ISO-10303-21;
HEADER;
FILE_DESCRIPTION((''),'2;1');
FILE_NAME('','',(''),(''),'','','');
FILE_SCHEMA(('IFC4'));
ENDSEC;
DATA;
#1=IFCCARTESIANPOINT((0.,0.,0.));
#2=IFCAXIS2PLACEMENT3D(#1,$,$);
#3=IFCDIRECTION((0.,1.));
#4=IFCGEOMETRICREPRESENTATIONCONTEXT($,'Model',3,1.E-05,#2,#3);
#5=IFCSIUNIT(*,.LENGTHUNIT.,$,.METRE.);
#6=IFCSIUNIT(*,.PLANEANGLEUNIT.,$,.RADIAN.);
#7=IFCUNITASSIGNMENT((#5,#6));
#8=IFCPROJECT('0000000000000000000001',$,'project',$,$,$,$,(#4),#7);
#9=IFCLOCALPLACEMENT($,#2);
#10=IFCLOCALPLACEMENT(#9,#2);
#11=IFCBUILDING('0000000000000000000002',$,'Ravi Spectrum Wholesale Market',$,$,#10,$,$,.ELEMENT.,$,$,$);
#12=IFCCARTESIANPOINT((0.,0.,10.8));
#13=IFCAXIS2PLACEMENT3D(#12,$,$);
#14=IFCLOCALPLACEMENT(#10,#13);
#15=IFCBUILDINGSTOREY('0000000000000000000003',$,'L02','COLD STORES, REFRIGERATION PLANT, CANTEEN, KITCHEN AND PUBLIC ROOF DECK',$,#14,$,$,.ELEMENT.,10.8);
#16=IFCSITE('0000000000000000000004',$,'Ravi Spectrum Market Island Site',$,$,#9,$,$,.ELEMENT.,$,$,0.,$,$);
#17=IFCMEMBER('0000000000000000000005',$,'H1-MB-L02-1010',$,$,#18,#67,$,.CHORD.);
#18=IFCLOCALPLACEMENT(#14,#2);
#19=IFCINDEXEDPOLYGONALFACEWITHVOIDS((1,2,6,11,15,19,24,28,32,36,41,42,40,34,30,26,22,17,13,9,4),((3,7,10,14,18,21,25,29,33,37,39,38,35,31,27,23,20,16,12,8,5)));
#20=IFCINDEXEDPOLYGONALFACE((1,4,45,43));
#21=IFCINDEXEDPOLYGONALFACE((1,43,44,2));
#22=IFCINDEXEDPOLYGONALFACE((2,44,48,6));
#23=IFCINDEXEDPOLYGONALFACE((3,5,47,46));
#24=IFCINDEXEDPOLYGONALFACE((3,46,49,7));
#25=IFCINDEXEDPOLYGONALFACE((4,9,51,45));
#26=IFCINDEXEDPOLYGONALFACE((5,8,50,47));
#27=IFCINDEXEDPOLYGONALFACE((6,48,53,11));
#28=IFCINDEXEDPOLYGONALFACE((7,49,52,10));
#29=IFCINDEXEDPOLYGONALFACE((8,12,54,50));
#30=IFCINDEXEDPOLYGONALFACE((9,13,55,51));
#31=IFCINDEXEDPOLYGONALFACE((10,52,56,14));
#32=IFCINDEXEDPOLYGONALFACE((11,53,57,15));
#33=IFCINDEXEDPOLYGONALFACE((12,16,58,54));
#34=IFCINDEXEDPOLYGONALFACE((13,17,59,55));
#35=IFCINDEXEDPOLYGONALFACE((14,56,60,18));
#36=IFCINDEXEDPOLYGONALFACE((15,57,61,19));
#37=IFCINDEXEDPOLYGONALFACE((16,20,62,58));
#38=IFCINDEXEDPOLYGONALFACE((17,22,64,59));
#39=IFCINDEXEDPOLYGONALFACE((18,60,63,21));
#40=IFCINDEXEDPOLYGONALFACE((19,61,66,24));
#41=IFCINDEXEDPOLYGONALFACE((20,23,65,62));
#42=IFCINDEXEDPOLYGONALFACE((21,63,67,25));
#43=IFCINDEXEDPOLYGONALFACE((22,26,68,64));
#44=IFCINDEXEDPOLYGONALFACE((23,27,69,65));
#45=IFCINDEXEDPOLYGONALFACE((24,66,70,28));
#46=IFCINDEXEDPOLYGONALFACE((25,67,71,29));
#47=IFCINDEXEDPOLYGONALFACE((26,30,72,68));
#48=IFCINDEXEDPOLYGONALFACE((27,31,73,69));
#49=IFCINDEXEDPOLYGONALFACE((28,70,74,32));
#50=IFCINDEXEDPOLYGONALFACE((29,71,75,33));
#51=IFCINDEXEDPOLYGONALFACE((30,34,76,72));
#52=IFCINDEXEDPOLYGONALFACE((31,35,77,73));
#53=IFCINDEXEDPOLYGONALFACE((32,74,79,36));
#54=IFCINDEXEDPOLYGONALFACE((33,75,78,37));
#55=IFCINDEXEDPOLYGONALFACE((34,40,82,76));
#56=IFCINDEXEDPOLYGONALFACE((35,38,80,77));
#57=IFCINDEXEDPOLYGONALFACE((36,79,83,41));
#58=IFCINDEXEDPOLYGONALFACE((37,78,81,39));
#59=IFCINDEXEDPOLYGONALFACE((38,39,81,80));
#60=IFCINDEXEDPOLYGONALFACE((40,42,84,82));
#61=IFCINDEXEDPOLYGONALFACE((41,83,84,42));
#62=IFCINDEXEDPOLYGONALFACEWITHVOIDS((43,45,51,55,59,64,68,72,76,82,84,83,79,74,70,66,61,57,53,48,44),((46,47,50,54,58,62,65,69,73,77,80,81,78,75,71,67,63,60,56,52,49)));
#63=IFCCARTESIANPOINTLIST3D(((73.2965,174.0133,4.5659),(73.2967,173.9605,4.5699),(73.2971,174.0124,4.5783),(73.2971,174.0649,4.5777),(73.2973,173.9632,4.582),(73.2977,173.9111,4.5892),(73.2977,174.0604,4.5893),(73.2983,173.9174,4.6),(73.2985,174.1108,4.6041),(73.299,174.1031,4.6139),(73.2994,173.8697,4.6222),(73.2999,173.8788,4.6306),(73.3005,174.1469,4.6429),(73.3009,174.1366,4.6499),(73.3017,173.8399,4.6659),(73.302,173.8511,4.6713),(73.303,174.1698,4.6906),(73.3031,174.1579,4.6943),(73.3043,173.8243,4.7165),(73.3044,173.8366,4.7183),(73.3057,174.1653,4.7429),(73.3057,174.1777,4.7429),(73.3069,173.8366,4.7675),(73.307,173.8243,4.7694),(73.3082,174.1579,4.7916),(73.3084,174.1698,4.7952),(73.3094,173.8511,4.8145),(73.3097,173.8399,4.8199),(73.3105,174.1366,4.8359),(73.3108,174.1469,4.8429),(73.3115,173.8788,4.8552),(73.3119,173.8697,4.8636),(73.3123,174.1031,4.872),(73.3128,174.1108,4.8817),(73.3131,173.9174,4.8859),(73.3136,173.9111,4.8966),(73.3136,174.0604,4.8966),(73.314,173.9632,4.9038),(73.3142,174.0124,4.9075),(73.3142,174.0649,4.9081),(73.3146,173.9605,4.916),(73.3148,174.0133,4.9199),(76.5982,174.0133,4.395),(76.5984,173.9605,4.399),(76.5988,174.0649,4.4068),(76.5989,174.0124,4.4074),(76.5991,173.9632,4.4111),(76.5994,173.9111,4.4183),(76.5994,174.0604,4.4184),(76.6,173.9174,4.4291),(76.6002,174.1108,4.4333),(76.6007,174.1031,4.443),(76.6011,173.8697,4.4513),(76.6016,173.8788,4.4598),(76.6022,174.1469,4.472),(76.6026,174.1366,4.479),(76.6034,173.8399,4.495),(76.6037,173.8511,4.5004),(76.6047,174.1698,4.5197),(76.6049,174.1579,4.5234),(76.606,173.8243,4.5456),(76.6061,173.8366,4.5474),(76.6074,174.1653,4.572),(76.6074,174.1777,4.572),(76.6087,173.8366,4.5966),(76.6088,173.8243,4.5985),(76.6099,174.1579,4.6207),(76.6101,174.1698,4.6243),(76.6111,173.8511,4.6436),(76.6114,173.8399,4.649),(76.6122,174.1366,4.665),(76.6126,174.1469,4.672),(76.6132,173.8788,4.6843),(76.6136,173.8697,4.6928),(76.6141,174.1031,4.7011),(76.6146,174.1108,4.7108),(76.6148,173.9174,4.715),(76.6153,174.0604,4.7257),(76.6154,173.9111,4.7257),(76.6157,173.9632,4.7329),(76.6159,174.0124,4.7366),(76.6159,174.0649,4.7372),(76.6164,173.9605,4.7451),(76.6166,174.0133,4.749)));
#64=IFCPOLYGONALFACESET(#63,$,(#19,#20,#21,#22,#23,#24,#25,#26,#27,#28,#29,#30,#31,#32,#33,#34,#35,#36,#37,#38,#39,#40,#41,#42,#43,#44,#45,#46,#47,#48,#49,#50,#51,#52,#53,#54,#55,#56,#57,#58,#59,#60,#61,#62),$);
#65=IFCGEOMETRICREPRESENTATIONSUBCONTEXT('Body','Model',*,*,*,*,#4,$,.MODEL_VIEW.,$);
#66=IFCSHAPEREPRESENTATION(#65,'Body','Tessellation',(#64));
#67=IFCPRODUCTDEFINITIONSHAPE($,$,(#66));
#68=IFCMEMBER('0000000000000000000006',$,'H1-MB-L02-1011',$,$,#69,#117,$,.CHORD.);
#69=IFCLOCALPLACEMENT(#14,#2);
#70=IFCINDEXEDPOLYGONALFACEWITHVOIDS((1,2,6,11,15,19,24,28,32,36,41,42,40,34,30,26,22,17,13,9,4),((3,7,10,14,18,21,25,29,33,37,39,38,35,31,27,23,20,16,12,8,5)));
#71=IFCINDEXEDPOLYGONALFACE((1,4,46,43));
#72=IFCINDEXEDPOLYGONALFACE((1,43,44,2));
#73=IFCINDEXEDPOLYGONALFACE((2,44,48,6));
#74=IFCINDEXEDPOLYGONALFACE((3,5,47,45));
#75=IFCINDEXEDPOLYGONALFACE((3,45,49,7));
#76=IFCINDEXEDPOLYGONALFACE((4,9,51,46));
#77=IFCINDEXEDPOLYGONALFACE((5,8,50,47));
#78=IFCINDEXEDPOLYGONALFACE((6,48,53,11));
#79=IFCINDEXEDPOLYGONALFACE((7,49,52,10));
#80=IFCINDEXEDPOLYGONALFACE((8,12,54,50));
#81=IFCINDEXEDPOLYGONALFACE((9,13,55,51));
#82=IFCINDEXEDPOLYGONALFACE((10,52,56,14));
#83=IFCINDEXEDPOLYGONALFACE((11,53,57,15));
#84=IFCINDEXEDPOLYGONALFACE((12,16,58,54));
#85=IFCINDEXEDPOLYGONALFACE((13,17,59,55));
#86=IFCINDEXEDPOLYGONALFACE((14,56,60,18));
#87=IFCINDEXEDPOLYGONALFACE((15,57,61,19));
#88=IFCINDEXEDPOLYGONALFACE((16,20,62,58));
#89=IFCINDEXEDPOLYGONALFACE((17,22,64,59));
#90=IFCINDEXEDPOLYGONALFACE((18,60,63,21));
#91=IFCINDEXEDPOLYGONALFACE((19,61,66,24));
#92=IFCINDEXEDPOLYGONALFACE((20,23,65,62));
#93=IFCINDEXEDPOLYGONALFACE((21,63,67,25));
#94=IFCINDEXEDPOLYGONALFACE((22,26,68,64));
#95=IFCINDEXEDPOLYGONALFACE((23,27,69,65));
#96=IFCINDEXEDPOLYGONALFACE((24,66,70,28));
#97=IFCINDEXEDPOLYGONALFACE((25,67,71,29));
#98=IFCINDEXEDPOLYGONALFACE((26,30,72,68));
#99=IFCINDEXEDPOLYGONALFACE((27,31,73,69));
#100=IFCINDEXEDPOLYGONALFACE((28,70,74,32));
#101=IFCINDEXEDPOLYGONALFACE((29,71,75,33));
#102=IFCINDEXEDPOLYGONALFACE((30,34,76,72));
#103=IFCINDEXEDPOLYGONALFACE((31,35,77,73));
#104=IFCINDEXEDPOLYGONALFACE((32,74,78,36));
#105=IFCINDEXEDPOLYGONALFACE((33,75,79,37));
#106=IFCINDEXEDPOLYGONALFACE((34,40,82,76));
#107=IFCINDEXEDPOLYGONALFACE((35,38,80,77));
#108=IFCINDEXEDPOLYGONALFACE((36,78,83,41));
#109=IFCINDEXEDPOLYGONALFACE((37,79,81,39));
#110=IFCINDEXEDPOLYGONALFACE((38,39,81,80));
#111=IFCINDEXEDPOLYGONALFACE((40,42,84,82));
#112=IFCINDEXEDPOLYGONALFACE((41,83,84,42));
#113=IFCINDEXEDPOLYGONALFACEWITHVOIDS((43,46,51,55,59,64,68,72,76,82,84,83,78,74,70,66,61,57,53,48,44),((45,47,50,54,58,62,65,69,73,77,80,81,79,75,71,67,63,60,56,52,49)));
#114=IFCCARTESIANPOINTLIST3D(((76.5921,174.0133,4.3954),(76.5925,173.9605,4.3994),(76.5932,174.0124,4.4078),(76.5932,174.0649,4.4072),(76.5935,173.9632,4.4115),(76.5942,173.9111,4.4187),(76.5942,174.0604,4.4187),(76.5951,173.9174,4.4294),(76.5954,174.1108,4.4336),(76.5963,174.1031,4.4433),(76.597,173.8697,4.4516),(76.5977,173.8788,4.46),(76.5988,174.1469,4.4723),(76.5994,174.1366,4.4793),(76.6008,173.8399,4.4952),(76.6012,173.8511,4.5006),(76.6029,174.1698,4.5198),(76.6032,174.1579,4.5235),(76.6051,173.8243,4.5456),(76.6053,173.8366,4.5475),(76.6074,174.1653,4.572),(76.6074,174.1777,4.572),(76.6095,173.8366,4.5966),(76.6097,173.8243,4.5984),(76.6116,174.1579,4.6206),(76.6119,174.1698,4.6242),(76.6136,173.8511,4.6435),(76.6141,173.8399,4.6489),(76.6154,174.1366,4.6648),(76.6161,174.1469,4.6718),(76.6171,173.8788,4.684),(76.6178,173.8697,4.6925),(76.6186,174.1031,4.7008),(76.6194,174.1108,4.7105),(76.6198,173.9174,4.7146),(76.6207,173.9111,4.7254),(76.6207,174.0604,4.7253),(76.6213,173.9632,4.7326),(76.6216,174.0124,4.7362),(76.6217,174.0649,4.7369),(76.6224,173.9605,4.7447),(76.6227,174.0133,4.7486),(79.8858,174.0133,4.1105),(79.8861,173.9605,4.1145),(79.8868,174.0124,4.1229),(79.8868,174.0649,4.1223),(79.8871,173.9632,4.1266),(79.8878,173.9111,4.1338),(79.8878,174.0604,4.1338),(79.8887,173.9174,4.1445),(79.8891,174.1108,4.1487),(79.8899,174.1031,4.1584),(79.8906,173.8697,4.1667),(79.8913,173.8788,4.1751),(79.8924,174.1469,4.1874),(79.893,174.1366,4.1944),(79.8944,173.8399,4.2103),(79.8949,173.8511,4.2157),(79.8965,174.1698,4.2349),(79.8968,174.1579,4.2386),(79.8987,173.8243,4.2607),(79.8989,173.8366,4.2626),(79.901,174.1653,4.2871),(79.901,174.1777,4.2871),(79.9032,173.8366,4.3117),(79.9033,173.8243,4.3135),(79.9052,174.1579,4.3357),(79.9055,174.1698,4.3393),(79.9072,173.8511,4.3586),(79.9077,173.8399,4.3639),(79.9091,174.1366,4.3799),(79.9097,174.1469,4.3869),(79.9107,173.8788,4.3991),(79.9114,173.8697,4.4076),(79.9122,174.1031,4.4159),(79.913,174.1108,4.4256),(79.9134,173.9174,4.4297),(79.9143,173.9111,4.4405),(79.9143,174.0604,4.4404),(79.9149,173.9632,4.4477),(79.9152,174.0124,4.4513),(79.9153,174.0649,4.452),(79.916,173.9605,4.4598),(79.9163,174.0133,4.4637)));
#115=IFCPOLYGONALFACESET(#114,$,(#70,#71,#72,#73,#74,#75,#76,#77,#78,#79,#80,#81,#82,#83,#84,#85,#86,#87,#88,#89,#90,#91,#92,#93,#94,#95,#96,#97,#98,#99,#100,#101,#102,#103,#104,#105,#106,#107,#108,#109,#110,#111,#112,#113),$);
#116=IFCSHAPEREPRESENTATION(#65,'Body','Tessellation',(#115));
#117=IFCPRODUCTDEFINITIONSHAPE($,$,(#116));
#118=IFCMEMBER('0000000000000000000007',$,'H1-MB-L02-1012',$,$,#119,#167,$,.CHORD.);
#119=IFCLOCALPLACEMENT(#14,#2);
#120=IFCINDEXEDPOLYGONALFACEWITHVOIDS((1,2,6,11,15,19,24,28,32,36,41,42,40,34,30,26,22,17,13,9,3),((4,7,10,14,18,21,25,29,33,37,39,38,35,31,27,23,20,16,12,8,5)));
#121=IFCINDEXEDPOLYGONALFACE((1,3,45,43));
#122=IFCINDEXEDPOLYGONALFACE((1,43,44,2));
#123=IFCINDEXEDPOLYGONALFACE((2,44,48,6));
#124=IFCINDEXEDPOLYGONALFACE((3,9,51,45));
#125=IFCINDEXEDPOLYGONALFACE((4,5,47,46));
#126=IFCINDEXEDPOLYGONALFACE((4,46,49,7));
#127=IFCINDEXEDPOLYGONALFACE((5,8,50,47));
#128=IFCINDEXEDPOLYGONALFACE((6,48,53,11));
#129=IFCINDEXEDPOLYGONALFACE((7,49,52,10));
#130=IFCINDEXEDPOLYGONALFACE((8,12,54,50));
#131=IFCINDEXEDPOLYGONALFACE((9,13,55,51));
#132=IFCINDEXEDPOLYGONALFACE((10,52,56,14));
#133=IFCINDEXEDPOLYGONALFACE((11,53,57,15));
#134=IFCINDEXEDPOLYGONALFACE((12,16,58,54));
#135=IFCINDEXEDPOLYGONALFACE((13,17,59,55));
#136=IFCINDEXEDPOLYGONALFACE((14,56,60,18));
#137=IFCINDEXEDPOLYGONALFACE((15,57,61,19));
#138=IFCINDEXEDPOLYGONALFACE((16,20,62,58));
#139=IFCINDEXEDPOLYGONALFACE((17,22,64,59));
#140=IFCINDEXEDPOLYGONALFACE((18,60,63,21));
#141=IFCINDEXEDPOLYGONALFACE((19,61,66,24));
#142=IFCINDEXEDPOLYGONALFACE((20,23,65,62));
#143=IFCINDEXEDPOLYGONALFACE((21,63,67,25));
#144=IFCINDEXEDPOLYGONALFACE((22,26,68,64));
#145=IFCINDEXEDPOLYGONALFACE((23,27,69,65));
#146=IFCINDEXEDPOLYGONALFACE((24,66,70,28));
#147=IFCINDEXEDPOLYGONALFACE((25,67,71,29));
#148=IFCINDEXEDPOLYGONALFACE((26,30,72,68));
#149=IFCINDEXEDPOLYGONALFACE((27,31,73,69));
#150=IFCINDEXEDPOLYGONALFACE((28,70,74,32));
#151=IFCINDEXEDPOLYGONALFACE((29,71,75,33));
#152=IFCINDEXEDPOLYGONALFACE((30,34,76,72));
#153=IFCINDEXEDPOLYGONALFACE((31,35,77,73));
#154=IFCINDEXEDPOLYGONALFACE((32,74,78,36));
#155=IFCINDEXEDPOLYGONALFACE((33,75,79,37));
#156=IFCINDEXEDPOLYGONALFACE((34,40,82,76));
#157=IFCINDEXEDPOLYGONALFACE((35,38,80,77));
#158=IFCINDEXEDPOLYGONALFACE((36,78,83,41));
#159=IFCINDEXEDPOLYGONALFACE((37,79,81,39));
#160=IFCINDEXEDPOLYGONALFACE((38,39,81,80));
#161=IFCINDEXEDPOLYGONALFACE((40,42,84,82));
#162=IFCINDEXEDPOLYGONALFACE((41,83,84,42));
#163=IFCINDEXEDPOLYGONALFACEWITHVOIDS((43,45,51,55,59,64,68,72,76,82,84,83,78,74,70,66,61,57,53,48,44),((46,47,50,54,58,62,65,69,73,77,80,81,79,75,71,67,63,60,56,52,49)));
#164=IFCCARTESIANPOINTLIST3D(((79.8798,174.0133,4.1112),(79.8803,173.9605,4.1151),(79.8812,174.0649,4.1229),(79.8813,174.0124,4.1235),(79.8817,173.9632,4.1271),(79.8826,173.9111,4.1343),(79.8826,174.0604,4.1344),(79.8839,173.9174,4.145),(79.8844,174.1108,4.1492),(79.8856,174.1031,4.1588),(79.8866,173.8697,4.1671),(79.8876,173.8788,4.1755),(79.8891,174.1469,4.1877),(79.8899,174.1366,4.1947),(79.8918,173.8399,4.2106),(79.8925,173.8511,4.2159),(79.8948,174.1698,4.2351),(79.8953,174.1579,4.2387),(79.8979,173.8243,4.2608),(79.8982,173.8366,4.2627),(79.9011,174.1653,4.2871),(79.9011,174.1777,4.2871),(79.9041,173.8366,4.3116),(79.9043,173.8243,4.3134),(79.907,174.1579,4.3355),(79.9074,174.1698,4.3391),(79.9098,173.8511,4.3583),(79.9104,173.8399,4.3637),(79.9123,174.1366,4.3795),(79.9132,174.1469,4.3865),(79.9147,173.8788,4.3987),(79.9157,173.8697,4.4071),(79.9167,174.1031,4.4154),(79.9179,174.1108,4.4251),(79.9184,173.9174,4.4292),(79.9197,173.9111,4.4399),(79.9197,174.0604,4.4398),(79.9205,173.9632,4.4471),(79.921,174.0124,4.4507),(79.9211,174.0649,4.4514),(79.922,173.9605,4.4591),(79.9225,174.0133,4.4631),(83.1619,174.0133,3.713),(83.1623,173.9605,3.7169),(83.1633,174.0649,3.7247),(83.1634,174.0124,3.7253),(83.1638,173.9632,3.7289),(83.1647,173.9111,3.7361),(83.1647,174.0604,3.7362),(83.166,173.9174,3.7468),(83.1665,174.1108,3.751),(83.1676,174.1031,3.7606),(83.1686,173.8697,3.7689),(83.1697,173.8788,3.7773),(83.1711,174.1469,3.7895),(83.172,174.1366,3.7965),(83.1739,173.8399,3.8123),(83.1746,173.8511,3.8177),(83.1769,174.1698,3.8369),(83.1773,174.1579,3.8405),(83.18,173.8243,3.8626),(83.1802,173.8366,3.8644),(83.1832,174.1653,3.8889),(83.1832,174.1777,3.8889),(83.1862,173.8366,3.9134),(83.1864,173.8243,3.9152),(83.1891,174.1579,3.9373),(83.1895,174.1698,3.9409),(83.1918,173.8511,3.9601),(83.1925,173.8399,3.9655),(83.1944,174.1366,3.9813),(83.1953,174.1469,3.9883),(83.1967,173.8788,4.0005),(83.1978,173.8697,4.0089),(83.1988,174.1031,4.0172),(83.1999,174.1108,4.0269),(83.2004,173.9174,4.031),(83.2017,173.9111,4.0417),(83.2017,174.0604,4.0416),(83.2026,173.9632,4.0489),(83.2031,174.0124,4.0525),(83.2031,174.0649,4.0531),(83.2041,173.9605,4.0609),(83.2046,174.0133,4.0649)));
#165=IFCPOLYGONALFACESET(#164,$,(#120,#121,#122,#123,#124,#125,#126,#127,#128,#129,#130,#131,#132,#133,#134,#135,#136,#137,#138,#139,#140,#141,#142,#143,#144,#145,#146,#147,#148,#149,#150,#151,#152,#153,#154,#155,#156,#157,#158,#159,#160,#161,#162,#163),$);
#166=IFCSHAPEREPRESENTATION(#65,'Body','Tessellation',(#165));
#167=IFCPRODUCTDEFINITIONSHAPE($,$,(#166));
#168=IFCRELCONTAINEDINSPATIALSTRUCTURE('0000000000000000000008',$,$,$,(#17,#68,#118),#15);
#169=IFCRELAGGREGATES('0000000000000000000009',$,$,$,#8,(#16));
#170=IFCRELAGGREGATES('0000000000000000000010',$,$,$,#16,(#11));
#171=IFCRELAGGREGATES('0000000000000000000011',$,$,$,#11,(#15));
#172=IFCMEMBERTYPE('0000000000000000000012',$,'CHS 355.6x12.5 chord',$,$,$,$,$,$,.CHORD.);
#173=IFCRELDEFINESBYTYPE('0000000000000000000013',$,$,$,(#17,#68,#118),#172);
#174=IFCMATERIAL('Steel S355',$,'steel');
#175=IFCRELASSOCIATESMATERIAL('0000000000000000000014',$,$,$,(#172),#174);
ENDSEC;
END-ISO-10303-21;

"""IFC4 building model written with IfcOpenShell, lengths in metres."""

from ifc_helpers import new_model, si_unit, direction, frame, origin, origin_2d, place, context, subcontext, project, spatial, hollow_circle, extrude, material, material_profile, profile_set, type_object, element, save


model = new_model("IFC4")

# Units and contexts
model_context = context("Model", 3, precision=1e-05, world=origin(), true_north=direction((0.0, 1.0)))
body_context = subcontext(model_context, "Body", "Model", "MODEL_VIEW")
ifc_project = project(units=[si_unit("LENGTHUNIT", "METRE"), si_unit("PLANEANGLEUNIT", "RADIAN")], contexts=[model_context])

# Site, building, storey
site_placement = place(None, origin())
site = spatial("IfcSite", under=ifc_project, at=site_placement, Name="Ravi Spectrum Market Island Site", CompositionType="ELEMENT", RefElevation=0.0)
building_placement = place(site_placement, origin())
building = spatial("IfcBuilding", under=site, at=building_placement, Name="Ravi Spectrum Wholesale Market", CompositionType="ELEMENT")
storey_placement = place(building_placement, frame((0.0, 0.0, 10.8)))
storey = spatial("IfcBuildingStorey", under=building, at=storey_placement, Name="L02", Description="COLD STORES, REFRIGERATION PLANT, CANTEEN, KITCHEN AND PUBLIC ROOF DECK", CompositionType="ELEMENT", Elevation=10.8)

# Members
ifc_material_1 = material(Name="Steel S355", Category="steel")
ifc_material_profile_1 = material_profile(ifc_material_1, hollow_circle(Radius=0.1777, WallThickness=0.0125, at=origin_2d()))
ifc_profile_set_1 = profile_set([ifc_material_profile_1], Name="Steel S355")
member_type_1 = type_object("IfcMemberType", Name="CHS 355.6x12.5 chord", PredefinedType="CHORD", material=ifc_profile_set_1)
member_1_placement = place(storey_placement, frame((73.3057, 174.0, 4.7429), z_axis=(0.998663, 0.0, -0.051691), x_axis=(0.0, 1.0, 0.0)))
element("IfcMember", 1, at=member_1_placement, inside=storey, type_object=member_type_1, Name="H1-MB-L02-1010", PredefinedType="CHORD", context=body_context, shape_type="SweptSolid", body=[
    extrude(hollow_circle(Radius=0.1777, WallThickness=0.0125, at=origin_2d()), origin(), (0.0, 0.0, 1.0), 3.3062),
])
member_2_placement = place(storey_placement, frame((76.6074, 174.0, 4.572), z_axis=(0.99628, 0.0, -0.08618), x_axis=(0.0, 1.0, 0.0)))
element("IfcMember", 2, at=member_2_placement, inside=storey, type_object=member_type_1, Name="H1-MB-L02-1011", PredefinedType="CHORD", context=body_context, shape_type="SweptSolid", body=[
    extrude(hollow_circle(Radius=0.1777, WallThickness=0.0125, at=origin_2d()), origin(), (0.0, 0.0, 1.0), 3.3059),
])
member_3_placement = place(storey_placement, frame((79.9011, 174.0, 4.2871), z_axis=(0.99272, 0.0, -0.120444), x_axis=(0.0, 1.0, 0.0)))
element("IfcMember", 3, at=member_3_placement, inside=storey, type_object=member_type_1, Name="H1-MB-L02-1012", PredefinedType="CHORD", context=body_context, shape_type="SweptSolid", body=[
    extrude(hollow_circle(Radius=0.1777, WallThickness=0.0125, at=origin_2d()), origin(), (0.0, 0.0, 1.0), 3.3062),
])

save(model, "model.ifc")
